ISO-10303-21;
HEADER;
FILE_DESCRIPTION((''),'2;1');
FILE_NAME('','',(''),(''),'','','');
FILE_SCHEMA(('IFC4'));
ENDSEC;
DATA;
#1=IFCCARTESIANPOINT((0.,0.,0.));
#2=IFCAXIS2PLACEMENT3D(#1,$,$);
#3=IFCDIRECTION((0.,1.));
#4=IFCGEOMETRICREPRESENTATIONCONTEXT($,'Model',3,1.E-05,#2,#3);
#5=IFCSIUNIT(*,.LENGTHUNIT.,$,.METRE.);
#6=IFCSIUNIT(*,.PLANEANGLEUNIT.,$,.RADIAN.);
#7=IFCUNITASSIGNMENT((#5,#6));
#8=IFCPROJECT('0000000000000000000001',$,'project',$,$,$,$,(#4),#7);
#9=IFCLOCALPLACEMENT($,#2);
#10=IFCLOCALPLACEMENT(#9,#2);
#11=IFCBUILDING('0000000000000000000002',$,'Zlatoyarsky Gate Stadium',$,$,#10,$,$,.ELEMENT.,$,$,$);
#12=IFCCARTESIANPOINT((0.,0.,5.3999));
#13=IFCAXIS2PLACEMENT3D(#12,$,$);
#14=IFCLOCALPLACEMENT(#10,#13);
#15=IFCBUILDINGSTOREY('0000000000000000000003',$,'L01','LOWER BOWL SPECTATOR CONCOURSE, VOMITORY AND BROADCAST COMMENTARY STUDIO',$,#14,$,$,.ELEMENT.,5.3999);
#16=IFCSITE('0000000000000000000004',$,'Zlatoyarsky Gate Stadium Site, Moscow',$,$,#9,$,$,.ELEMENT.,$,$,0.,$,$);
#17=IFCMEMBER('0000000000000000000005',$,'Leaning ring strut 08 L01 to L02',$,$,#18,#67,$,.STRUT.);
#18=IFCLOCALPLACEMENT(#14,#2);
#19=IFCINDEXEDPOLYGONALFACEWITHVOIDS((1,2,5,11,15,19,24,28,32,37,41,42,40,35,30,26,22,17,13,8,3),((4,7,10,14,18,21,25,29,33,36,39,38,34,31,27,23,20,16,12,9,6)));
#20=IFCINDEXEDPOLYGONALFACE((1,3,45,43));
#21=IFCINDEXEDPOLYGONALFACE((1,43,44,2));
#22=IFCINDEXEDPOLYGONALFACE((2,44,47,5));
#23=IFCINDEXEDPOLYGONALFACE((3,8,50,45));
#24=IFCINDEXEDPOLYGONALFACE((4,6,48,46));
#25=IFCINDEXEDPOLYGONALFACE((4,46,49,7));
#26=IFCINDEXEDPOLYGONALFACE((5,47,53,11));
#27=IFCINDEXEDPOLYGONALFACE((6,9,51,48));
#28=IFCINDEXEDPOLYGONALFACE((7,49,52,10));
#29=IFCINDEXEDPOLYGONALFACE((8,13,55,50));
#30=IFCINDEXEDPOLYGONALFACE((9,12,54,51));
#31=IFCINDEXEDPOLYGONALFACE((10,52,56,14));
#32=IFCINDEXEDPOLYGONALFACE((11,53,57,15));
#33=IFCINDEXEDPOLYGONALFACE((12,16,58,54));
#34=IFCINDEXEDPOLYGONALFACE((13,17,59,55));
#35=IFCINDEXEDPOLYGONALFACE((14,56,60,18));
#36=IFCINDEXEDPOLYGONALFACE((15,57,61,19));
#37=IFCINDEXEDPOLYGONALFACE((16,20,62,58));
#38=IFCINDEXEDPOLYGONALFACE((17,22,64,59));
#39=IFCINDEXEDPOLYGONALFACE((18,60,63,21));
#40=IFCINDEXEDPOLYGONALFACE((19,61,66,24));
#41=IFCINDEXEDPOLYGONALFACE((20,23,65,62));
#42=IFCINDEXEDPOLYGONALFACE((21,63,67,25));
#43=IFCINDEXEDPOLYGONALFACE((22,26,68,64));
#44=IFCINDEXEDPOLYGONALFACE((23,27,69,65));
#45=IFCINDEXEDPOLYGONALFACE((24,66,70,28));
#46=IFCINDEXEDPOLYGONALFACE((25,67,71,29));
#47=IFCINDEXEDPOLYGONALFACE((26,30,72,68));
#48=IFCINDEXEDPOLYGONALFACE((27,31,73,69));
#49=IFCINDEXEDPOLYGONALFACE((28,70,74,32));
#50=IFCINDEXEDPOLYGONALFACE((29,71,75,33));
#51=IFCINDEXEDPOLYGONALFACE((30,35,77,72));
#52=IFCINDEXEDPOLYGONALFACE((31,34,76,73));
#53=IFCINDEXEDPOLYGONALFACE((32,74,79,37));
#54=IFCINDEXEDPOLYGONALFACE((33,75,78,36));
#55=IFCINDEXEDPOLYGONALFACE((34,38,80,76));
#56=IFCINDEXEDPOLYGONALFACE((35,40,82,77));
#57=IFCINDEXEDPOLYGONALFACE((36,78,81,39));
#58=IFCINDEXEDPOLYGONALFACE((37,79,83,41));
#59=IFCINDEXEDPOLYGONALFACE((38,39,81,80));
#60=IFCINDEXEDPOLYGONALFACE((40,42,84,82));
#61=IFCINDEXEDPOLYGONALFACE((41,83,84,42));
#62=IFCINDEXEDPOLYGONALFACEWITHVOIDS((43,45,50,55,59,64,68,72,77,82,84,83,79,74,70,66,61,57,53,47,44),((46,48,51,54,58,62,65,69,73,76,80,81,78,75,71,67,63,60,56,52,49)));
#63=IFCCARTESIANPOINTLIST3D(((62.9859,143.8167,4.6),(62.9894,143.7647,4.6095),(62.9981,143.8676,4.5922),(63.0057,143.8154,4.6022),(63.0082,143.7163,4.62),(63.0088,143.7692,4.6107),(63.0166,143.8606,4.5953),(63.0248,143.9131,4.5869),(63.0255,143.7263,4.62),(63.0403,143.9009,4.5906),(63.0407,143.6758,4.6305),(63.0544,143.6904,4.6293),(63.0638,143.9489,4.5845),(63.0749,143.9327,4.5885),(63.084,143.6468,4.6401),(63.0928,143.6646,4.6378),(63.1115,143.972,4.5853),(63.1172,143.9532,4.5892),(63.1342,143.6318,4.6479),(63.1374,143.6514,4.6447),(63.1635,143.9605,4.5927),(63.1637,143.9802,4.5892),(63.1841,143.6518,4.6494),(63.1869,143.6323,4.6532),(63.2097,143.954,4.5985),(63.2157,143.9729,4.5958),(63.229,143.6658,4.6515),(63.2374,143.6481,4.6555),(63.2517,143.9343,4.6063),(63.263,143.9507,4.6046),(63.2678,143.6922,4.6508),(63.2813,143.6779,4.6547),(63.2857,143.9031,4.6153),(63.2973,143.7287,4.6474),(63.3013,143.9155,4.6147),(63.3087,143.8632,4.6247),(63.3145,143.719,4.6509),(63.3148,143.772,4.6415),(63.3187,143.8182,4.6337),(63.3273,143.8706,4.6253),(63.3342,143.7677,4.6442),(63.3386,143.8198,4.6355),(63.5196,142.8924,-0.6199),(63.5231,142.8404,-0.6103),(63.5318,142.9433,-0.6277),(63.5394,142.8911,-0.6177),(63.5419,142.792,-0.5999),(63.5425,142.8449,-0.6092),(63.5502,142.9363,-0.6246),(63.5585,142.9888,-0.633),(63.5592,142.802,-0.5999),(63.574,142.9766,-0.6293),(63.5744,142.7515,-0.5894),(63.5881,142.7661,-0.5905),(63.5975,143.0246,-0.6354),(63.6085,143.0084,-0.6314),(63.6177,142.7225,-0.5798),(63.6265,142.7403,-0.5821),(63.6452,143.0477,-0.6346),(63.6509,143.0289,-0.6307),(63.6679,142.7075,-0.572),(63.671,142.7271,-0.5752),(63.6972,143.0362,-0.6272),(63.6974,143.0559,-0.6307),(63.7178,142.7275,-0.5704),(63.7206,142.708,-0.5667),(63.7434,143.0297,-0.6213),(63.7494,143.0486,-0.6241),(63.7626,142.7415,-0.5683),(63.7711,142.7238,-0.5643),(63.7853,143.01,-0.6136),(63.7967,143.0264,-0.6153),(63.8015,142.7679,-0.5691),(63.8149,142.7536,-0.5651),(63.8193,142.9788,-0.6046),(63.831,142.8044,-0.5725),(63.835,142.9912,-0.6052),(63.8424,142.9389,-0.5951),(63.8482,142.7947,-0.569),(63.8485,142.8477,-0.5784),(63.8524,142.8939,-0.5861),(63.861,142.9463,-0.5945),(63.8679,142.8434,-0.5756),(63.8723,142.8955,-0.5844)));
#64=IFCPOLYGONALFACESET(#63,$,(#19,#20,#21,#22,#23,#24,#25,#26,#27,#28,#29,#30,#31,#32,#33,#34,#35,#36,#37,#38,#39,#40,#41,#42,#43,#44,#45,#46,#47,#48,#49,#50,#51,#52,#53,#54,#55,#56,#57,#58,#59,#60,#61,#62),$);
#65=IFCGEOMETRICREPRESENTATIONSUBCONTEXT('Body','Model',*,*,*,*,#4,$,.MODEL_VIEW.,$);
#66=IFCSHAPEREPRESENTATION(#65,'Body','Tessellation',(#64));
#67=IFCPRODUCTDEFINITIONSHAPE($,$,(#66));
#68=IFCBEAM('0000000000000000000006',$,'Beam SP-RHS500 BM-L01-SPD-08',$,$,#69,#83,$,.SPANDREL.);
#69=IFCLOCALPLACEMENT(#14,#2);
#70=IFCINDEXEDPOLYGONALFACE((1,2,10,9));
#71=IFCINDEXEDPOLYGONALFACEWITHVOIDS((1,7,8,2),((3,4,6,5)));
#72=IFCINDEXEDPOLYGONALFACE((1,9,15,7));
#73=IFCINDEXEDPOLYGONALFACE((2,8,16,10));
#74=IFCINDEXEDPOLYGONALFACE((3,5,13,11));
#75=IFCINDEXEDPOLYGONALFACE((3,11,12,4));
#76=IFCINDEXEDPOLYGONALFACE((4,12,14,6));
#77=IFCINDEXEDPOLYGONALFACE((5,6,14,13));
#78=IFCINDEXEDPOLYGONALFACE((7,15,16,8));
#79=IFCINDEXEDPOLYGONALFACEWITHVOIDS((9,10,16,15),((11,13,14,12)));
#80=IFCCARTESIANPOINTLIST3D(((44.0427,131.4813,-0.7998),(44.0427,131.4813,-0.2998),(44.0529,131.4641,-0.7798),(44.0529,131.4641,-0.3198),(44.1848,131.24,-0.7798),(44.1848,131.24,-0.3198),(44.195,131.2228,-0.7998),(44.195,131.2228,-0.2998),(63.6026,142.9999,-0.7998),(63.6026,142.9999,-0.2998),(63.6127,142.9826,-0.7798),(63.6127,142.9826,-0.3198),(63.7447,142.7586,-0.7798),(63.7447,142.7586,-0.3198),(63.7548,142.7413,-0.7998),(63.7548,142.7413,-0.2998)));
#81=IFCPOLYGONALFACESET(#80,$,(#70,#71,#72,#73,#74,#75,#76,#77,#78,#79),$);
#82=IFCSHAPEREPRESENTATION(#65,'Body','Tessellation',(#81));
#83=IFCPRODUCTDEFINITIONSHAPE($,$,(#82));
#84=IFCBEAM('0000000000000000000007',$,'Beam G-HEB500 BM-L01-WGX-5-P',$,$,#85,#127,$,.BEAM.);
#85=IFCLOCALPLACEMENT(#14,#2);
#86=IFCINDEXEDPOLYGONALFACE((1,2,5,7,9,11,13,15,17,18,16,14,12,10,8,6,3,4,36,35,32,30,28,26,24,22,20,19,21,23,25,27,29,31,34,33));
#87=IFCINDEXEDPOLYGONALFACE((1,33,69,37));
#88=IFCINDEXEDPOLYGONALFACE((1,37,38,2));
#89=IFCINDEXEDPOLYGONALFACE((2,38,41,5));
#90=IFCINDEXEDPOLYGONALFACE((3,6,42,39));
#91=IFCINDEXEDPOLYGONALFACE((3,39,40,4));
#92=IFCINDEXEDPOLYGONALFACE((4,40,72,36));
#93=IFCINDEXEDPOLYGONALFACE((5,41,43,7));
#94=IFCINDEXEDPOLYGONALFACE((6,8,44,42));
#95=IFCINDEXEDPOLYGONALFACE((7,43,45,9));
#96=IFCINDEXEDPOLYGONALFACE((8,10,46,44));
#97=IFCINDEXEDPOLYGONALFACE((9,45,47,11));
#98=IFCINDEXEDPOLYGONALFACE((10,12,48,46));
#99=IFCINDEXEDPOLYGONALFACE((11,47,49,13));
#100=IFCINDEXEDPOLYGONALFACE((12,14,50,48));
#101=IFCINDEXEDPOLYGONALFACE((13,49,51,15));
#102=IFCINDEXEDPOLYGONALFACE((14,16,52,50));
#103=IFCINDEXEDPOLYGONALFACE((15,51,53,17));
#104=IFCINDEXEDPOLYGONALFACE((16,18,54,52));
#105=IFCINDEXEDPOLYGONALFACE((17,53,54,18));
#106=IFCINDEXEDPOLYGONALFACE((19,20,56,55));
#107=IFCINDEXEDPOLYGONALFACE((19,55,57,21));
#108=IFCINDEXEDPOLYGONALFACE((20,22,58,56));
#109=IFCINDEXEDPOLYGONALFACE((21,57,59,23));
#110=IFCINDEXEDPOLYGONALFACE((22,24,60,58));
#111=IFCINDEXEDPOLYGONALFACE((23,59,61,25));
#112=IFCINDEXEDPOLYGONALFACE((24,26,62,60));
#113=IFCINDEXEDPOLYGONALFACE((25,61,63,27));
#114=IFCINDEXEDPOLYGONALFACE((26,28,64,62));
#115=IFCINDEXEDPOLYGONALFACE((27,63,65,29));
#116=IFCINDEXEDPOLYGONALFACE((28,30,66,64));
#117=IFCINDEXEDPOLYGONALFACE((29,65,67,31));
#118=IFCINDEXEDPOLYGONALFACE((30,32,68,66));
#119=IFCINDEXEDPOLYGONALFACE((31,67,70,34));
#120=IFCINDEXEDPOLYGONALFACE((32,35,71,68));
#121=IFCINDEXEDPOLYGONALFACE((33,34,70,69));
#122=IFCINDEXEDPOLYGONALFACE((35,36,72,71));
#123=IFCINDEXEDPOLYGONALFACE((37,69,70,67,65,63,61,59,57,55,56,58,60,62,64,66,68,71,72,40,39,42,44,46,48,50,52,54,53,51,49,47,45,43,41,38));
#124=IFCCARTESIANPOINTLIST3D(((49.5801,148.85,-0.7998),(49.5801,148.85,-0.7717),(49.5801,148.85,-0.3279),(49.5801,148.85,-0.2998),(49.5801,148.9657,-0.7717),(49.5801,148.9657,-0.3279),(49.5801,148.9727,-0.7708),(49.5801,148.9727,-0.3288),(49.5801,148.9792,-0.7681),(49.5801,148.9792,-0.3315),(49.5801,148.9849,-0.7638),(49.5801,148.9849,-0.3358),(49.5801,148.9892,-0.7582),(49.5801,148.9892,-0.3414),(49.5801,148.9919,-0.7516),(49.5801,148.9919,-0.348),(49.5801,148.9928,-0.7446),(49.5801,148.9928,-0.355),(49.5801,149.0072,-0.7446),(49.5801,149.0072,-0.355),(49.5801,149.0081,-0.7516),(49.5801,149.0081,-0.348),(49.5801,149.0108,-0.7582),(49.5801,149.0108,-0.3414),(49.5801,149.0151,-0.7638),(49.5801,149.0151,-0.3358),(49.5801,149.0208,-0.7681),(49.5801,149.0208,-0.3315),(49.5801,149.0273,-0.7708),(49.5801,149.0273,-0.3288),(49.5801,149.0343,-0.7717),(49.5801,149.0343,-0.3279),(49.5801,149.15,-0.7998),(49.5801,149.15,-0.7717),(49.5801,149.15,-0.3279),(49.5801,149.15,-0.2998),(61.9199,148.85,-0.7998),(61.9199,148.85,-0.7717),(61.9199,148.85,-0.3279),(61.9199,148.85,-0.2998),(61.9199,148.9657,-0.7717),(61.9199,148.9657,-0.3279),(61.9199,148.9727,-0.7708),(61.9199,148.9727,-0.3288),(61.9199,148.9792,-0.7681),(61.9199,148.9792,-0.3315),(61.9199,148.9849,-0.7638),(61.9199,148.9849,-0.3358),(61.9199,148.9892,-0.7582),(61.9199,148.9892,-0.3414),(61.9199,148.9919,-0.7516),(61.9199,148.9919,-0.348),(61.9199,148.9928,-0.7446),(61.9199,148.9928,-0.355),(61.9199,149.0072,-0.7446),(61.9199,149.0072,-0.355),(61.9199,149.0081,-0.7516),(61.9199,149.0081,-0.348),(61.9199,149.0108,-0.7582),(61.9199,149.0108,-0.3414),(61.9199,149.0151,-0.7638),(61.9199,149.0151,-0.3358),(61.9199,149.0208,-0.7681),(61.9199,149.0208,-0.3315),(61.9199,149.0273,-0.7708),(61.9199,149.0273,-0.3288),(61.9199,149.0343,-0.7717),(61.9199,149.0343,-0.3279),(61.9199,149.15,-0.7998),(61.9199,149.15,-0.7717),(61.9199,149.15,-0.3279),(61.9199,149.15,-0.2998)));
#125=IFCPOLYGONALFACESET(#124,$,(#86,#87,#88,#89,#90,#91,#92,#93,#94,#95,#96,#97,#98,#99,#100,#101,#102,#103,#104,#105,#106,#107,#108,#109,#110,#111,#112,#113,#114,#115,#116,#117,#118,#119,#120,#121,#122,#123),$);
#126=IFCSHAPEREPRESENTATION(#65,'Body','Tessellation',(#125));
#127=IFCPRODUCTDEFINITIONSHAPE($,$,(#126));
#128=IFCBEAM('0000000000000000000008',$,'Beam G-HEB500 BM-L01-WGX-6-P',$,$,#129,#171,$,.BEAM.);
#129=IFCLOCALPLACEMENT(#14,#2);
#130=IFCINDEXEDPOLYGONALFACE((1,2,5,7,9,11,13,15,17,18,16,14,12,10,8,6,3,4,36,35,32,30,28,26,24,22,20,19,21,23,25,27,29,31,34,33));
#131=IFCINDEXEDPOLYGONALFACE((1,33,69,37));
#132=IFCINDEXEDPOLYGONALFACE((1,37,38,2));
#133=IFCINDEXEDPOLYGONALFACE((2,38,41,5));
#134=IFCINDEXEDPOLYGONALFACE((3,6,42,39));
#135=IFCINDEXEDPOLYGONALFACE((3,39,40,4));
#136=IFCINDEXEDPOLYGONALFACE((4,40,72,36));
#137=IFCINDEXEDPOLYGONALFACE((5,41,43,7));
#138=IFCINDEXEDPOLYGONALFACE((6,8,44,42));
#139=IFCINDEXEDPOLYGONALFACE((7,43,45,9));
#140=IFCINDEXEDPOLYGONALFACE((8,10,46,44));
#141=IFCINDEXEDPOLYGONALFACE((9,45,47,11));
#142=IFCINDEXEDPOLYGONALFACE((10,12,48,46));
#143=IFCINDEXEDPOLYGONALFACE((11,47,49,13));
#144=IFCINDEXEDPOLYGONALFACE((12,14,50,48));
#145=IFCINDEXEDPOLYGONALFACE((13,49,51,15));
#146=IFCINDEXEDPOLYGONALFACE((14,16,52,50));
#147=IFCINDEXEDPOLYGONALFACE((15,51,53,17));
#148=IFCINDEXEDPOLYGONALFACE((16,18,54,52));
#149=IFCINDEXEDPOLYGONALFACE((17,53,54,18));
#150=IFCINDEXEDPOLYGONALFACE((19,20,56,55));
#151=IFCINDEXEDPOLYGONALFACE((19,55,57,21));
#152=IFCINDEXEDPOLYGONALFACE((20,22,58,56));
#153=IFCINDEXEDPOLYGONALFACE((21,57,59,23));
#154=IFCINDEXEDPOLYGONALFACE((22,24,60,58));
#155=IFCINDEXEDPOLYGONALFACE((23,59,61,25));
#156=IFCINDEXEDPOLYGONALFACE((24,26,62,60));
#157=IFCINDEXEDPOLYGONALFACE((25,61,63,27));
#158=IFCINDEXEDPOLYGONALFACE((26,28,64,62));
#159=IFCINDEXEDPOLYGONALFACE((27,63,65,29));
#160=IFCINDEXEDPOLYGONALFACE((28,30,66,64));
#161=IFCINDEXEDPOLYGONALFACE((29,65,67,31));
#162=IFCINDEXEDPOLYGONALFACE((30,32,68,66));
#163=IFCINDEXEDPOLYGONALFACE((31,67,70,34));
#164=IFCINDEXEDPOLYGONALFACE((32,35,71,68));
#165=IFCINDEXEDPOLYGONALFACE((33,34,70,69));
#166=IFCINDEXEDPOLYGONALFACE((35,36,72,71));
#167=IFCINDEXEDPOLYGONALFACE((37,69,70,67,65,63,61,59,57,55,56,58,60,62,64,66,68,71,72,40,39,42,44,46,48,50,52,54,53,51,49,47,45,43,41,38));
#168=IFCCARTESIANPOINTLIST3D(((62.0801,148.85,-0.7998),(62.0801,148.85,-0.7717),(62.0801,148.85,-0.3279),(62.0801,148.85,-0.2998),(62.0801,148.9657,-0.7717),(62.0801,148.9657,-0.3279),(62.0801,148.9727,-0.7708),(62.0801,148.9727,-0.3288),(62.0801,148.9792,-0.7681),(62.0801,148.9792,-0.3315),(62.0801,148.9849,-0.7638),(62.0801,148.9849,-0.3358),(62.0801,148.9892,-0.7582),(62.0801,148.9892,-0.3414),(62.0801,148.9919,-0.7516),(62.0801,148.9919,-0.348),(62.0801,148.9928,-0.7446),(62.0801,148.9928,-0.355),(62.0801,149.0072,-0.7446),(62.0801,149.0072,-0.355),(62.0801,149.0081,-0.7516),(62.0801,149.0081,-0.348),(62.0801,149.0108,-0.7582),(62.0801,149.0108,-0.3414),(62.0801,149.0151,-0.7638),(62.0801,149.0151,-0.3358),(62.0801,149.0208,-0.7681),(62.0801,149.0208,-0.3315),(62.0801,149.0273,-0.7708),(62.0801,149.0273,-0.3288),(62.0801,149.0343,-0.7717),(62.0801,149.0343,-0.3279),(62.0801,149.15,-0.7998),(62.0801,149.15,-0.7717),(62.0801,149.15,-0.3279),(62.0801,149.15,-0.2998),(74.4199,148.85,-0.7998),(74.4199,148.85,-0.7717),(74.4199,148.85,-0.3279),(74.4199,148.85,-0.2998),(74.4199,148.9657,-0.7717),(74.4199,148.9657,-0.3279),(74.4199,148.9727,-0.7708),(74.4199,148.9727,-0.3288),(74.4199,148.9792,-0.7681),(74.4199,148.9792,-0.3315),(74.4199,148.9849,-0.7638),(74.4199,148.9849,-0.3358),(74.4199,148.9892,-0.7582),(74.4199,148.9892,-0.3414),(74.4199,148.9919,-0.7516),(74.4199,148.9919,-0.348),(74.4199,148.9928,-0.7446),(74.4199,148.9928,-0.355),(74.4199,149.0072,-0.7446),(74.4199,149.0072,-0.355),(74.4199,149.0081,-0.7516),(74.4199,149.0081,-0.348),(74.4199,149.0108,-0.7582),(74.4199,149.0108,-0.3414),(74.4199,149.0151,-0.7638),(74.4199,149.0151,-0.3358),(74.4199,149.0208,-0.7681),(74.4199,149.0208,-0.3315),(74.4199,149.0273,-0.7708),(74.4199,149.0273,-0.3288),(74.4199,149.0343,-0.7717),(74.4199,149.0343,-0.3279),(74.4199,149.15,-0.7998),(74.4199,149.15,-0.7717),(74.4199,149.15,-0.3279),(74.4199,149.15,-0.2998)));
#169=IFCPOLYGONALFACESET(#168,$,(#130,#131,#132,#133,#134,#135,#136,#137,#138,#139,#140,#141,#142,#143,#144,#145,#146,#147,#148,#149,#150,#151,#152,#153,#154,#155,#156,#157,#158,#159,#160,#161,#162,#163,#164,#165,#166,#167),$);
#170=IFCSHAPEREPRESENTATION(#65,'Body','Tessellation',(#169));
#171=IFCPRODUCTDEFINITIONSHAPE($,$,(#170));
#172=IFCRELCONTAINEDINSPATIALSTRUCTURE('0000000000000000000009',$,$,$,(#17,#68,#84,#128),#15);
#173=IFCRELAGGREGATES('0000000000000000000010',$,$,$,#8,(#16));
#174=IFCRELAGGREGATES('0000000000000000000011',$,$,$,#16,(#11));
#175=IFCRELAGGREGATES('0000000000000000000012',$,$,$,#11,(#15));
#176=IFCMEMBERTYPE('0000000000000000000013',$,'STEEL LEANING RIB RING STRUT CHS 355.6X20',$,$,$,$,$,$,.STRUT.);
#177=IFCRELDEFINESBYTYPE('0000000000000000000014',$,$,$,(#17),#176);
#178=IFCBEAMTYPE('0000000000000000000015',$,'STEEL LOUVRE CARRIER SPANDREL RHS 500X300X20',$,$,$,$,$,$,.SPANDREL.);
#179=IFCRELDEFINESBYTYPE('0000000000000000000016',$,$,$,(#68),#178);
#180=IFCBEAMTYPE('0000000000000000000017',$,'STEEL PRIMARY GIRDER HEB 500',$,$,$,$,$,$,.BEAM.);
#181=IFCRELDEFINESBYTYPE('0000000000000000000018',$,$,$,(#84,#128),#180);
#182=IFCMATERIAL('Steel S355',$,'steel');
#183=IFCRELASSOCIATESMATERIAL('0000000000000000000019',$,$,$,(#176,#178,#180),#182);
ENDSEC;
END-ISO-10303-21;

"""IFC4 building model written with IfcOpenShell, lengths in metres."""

from ifc_helpers import new_model, si_unit, direction, frame, origin, origin_2d, place, context, subcontext, project, spatial, hollow_rectangle, hollow_circle, i_section, extrude, material, material_profile, profile_set, type_object, element, save


model = new_model("IFC4")

# Units and contexts
model_context = context("Model", 3, precision=1e-05, world=origin(), true_north=direction((0.0, 1.0)))
body_context = subcontext(model_context, "Body", "Model", "MODEL_VIEW")
ifc_project = project(units=[si_unit("LENGTHUNIT", "METRE"), si_unit("PLANEANGLEUNIT", "RADIAN")], contexts=[model_context])

# Site, building, storey
site_placement = place(None, origin())
site = spatial("IfcSite", under=ifc_project, at=site_placement, Name="Zlatoyarsky Gate Stadium Site, Moscow", CompositionType="ELEMENT", RefElevation=0.0)
building_placement = place(site_placement, origin())
building = spatial("IfcBuilding", under=site, at=building_placement, Name="Zlatoyarsky Gate Stadium", CompositionType="ELEMENT")
storey_placement = place(building_placement, frame((0.0, 0.0, 5.3999)))
storey = spatial("IfcBuildingStorey", under=building, at=storey_placement, Name="L01", Description="LOWER BOWL SPECTATOR CONCOURSE, VOMITORY AND BROADCAST COMMENTARY STUDIO", CompositionType="ELEMENT", Elevation=5.3999)

# Shared definitions
ifc_material_1 = material(Name="Steel S355", Category="steel")

# Member
ifc_material_profile_1 = material_profile(ifc_material_1, hollow_circle(Radius=0.1777, WallThickness=0.02, at=origin_2d()), Name="CHS 355.6X20")
ifc_profile_set_1 = profile_set([ifc_material_profile_1], Name="Steel S355")
member_type_1 = type_object("IfcMemberType", Name="STEEL LEANING RIB RING STRUT CHS 355.6X20", PredefinedType="STRUT", material=ifc_profile_set_1)
member_1_placement = place(storey_placement, frame((63.6958, 142.8809, -0.5999), z_axis=(-0.100168, 0.173484, 0.979729), x_axis=(-0.86601, -0.500026, 0.0)))
element("IfcMember", 1, at=member_1_placement, inside=storey, type_object=member_type_1, Name="Leaning ring strut 08 L01 to L02", PredefinedType="STRUT", context=body_context, shape_type="SweptSolid", body=[
    extrude(hollow_circle(Radius=0.1777, WallThickness=0.02, at=origin_2d()), origin(), (0.0, 0.0, 1.0), 5.3279),
])

# Beams
ifc_material_profile_2 = material_profile(ifc_material_1, hollow_rectangle(XDim=0.3, YDim=0.5, WallThickness=0.02, at=origin_2d()), Name="RHS 500X300X20")
ifc_profile_set_2 = profile_set([ifc_material_profile_2], Name="Steel S355")
beam_type_1 = type_object("IfcBeamType", Name="STEEL LOUVRE CARRIER SPANDREL RHS 500X300X20", PredefinedType="SPANDREL", material=ifc_profile_set_2)
beam_1_placement = place(storey_placement, frame((63.6787, 142.8706, -0.5498), z_axis=(-0.861688, -0.507438, 0.0), x_axis=(0.507438, -0.861688, 0.0)))
element("IfcBeam", 2, at=beam_1_placement, inside=storey, type_object=beam_type_1, Name="Beam SP-RHS500 BM-L01-SPD-08", PredefinedType="SPANDREL", context=body_context, shape_type="SweptSolid", body=[
    extrude(hollow_rectangle(XDim=0.3, YDim=0.5, WallThickness=0.02, at=origin_2d()), origin(), (0.0, 0.0, 1.0), 22.6995),
])
ifc_material_profile_3 = material_profile(ifc_material_1, i_section(OverallWidth=0.3, OverallDepth=0.5, WebThickness=0.0144, FlangeThickness=0.0281, FilletRadius=0.0271, at=origin_2d()), Name="HEB 500")
ifc_profile_set_3 = profile_set([ifc_material_profile_3], Name="Steel S355")
beam_type_2 = type_object("IfcBeamType", Name="STEEL PRIMARY GIRDER HEB 500", PredefinedType="BEAM", material=ifc_profile_set_3)
for number, where, z_axis, x_axis, name in (
    (3, (49.5801, 149.0, -0.5498), (1.0, 0.0, 0.0), (0.0, 1.0, 0.0), "Beam G-HEB500 BM-L01-WGX-5-P"),
    (4, (62.0801, 149.0, -0.5498), (1.0, 0.0, 0.0), (0.0, 1.0, 0.0), "Beam G-HEB500 BM-L01-WGX-6-P"),
):
    element("IfcBeam", number, at=place(storey_placement, frame(where, z_axis=z_axis, x_axis=x_axis)), inside=storey, type_object=beam_type_2, Name=name, PredefinedType="BEAM", context=body_context, shape_type="SweptSolid", body=[
        extrude(i_section(OverallWidth=0.3, OverallDepth=0.5, WebThickness=0.0144, FlangeThickness=0.0281, FilletRadius=0.0271, at=origin_2d()), origin(), (0.0, 0.0, 1.0), 12.3398),
    ])

save(model, "model.ifc")
